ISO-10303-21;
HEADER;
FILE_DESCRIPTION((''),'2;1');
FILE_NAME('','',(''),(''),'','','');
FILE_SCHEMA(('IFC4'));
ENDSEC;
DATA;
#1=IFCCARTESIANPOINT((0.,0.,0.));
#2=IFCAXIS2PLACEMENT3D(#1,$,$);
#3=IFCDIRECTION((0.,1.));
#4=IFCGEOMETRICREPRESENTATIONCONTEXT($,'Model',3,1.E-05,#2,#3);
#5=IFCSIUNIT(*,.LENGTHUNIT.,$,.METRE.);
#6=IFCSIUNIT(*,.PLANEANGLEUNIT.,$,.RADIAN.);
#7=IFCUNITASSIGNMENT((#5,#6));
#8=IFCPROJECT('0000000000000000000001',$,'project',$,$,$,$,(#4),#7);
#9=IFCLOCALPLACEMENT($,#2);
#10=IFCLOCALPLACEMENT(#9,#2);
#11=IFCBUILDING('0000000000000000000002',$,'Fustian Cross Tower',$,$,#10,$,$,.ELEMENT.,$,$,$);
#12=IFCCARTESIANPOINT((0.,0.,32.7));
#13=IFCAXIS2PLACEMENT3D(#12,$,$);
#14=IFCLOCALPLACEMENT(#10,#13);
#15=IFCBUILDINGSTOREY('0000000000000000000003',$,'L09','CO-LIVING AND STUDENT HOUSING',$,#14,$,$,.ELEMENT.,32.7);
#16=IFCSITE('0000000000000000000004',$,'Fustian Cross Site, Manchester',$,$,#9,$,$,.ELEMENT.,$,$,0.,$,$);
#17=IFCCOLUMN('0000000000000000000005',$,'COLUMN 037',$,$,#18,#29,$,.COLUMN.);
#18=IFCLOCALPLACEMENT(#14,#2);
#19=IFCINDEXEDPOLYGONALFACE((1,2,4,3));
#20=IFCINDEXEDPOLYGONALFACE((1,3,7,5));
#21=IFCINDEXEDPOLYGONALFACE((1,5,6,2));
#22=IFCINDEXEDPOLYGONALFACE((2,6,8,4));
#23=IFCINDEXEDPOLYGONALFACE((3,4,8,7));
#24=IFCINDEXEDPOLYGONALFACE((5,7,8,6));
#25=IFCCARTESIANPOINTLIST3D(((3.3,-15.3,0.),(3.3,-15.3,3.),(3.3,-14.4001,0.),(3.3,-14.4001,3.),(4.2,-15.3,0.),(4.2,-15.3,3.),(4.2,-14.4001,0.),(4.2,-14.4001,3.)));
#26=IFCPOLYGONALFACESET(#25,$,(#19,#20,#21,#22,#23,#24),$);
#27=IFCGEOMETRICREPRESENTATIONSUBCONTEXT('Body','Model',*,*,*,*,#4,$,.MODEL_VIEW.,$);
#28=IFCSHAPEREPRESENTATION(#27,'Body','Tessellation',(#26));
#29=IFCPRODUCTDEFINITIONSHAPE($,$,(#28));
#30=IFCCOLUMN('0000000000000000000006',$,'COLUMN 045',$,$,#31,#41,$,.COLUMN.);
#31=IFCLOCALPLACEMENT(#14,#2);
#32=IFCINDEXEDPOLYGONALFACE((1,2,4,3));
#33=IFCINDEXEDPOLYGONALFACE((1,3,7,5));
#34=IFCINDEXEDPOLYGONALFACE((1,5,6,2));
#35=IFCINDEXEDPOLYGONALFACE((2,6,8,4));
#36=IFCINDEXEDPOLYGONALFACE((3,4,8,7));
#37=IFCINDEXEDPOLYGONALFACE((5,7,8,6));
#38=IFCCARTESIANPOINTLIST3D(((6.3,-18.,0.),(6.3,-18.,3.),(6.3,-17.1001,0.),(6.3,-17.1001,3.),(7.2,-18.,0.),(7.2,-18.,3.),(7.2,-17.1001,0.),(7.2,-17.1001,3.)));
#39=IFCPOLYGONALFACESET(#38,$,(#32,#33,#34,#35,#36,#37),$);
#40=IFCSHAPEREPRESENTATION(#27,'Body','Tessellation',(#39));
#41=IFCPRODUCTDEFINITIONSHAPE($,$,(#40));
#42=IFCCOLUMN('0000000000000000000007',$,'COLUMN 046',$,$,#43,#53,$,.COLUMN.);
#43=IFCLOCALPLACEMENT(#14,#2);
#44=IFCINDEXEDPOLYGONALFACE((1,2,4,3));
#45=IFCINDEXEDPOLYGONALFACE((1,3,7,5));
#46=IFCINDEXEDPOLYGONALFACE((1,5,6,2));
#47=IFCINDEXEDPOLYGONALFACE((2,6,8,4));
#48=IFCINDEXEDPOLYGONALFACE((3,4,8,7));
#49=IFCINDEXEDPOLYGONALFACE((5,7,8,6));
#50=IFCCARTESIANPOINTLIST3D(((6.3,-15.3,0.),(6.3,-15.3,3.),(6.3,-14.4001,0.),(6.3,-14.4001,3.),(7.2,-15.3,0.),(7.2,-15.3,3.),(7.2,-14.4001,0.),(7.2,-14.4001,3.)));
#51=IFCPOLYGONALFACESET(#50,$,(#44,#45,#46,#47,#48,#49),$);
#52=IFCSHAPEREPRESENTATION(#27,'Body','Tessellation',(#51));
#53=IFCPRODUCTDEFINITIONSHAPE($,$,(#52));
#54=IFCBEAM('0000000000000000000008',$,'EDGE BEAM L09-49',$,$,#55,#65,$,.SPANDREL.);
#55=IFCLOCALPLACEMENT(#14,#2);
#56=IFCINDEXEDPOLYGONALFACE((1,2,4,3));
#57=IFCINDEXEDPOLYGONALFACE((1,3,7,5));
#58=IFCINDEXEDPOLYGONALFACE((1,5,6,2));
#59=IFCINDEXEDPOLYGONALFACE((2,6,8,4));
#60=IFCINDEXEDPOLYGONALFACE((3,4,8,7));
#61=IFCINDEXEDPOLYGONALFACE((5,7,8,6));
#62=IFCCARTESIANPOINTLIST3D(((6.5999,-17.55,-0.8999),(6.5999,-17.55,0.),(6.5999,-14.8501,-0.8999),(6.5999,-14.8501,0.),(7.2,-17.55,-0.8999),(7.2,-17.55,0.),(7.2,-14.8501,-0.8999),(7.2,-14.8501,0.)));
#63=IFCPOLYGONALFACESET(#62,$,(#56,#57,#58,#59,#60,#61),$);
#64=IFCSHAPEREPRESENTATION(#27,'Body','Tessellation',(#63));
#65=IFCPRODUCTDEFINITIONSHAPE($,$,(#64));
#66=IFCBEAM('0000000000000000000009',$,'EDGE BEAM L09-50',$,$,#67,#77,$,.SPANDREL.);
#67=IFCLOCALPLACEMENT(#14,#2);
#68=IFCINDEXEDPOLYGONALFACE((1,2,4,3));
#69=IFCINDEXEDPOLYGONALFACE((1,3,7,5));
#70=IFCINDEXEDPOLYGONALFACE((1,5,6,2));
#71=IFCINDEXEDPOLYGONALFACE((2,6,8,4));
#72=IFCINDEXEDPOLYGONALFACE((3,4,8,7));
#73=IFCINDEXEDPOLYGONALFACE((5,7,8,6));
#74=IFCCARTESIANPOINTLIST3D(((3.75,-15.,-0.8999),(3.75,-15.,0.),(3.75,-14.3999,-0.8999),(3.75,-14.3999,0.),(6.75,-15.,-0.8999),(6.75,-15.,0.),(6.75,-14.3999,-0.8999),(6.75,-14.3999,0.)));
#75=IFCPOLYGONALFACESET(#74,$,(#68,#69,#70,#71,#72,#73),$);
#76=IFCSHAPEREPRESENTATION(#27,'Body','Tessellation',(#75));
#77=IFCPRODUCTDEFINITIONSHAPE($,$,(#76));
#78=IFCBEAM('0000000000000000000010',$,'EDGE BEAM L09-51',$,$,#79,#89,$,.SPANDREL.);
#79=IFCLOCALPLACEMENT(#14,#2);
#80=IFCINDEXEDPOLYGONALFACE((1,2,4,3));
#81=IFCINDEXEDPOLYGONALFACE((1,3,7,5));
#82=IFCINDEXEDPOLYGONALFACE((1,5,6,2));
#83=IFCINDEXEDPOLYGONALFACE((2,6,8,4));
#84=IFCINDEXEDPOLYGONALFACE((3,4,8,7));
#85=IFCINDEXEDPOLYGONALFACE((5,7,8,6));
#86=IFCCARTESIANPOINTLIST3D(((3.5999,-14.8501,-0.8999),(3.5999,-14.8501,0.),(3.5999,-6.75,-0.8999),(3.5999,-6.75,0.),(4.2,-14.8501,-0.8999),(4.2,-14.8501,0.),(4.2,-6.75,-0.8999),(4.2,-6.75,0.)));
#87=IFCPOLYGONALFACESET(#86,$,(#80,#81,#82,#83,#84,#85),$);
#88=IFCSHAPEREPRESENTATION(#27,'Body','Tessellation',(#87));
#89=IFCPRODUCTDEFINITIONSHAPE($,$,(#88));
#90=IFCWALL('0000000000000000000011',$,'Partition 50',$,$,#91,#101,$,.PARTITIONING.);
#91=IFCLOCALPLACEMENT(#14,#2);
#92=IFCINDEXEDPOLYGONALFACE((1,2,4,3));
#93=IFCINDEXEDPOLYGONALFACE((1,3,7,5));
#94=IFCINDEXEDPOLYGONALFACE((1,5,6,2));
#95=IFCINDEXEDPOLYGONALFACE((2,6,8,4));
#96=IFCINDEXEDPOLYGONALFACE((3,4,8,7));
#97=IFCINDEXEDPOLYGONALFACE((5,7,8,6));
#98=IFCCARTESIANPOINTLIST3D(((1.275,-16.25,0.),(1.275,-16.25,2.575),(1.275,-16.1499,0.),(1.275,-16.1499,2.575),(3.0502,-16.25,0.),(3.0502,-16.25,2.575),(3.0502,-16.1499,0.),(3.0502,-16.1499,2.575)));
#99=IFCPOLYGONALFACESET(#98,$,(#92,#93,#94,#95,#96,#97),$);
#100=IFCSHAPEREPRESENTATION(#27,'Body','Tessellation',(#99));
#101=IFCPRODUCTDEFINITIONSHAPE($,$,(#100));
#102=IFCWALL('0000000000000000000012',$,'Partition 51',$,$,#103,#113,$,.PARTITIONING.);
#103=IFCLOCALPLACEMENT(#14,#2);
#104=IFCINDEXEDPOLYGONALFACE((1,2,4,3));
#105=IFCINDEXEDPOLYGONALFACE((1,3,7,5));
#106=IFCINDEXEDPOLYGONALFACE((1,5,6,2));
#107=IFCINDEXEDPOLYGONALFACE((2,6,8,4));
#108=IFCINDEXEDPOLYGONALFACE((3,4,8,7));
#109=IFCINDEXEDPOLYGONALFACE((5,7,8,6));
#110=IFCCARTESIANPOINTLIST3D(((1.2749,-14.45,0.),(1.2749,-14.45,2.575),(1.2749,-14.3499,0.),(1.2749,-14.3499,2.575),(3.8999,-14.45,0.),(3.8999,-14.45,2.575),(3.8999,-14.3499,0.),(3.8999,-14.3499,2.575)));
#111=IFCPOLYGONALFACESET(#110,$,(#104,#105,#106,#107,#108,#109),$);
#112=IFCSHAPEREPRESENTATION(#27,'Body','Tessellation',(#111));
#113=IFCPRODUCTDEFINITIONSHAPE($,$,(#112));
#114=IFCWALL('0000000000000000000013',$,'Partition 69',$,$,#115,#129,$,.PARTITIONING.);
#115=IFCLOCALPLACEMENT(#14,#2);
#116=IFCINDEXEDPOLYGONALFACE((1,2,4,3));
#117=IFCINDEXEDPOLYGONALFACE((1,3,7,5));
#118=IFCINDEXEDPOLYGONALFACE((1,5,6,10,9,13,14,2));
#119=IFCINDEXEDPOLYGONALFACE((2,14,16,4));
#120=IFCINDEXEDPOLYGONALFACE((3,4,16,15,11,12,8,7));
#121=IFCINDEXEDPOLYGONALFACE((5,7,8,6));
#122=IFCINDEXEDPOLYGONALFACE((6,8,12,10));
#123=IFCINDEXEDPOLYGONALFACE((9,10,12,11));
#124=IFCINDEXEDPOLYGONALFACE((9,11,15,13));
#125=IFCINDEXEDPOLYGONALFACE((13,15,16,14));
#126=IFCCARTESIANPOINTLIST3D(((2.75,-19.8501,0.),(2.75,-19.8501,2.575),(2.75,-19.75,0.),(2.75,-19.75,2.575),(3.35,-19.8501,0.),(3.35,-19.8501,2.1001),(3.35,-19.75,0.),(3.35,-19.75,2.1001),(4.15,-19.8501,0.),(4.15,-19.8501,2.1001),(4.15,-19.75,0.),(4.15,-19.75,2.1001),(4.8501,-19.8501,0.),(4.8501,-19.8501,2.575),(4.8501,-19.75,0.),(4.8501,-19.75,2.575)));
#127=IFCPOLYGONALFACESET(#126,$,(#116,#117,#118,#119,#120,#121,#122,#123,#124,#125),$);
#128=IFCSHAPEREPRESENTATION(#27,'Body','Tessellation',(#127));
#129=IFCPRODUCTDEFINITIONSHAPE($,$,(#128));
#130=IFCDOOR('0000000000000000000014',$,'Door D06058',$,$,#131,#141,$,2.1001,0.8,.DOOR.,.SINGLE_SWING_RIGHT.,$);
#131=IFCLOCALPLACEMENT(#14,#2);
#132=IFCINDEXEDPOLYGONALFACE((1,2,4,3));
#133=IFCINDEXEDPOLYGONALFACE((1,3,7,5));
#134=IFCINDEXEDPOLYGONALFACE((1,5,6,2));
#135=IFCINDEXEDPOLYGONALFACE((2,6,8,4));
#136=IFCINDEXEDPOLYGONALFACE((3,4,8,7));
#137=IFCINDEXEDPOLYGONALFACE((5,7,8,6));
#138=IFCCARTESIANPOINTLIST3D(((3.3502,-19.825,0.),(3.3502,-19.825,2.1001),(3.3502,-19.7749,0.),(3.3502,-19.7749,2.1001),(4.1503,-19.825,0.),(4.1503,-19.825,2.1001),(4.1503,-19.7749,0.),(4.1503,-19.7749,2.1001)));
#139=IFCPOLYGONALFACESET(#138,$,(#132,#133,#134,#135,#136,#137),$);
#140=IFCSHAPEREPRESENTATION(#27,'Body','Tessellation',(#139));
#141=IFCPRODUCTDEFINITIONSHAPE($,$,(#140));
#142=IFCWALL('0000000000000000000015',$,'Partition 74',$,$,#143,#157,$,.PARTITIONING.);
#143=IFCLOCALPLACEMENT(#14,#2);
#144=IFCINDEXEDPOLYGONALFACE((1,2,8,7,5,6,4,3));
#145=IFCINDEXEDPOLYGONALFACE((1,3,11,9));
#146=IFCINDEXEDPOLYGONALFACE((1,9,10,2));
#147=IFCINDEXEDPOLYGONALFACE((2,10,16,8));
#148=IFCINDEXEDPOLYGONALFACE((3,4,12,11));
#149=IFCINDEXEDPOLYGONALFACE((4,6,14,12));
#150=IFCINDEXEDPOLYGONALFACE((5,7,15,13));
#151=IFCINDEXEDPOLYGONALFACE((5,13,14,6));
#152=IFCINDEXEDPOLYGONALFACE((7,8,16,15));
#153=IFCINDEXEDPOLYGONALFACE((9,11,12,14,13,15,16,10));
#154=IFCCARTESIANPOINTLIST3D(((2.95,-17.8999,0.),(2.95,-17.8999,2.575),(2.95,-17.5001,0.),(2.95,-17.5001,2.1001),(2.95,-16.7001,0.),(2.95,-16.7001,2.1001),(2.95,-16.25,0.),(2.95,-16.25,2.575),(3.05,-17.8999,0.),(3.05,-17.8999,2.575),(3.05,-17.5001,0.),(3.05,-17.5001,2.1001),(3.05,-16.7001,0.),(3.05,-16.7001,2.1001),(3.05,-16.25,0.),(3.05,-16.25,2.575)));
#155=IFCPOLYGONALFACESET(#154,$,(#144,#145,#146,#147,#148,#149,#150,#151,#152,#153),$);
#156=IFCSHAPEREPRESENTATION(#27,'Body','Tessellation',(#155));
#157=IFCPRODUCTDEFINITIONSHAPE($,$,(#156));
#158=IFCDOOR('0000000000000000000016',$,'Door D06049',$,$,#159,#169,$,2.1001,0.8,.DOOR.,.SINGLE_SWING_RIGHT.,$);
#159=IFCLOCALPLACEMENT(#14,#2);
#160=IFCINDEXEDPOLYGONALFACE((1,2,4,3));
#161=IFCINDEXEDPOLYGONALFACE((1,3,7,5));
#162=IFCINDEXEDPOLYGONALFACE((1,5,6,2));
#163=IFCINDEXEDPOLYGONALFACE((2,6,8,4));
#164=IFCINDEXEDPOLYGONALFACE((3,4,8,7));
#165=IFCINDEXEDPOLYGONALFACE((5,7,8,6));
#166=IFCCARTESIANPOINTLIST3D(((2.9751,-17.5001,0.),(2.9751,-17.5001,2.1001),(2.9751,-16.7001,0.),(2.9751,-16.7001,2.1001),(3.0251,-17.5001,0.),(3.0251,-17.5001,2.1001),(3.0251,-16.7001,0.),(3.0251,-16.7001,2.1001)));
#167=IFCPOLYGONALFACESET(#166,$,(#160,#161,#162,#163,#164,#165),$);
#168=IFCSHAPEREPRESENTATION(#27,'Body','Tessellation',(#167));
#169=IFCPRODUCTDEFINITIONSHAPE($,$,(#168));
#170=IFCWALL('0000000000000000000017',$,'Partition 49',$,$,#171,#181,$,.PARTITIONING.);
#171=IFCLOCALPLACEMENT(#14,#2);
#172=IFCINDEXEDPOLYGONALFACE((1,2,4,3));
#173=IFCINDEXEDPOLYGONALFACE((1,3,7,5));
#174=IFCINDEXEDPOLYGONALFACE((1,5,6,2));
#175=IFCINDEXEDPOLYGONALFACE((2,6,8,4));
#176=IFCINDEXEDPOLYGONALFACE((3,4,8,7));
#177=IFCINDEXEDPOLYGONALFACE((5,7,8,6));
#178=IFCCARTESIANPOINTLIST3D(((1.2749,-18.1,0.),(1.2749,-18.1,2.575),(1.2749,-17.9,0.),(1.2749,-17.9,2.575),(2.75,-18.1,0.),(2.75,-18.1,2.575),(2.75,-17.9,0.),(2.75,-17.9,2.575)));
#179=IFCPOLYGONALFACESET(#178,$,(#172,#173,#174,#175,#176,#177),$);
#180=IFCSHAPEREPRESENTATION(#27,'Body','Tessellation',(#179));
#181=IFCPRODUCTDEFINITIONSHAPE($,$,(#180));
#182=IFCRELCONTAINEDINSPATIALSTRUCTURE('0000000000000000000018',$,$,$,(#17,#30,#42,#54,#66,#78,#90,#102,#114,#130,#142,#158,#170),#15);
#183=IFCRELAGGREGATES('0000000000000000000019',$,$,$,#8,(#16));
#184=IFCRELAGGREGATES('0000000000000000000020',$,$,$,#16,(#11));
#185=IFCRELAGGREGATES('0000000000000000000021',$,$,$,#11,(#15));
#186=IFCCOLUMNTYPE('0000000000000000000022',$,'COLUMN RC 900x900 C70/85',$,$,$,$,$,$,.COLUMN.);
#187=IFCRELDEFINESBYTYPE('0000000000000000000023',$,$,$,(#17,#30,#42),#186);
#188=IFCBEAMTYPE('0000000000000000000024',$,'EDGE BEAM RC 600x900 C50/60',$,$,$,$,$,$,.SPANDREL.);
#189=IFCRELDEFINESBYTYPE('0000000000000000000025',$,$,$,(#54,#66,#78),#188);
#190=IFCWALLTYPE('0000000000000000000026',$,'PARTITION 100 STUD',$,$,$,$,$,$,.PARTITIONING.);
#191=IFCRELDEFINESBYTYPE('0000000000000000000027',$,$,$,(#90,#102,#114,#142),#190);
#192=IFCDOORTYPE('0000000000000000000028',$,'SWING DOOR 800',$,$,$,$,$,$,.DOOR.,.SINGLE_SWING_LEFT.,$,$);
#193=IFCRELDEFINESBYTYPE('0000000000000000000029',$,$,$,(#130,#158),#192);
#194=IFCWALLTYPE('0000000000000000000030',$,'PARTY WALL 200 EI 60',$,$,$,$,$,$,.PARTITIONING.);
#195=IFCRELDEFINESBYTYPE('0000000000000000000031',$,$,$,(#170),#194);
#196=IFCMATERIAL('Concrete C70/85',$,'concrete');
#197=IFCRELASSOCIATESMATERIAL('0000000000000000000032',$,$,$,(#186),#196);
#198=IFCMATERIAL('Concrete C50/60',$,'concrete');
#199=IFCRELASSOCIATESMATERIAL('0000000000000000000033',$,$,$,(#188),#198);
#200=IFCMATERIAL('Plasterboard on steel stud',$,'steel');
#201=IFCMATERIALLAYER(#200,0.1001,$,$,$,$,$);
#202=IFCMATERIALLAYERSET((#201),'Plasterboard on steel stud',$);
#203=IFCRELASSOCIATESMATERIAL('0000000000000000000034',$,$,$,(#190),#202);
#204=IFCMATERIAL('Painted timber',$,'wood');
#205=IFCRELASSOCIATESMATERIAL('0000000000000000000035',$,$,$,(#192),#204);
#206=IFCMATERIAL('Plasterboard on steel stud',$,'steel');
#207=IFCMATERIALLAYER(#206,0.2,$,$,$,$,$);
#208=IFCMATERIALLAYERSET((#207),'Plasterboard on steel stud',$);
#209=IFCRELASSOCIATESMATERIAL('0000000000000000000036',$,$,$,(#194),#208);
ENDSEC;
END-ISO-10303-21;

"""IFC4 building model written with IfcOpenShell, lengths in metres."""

from ifc_helpers import new_model, si_unit, direction, frame, frame_2d, origin, origin_2d, place, context, subcontext, project, spatial, rectangle, extrude, material, layer, layer_set, material_profile, profile_set, type_object, element, fill, save


model = new_model("IFC4")

# Units and contexts
model_context = context("Model", 3, precision=1e-05, world=origin(), true_north=direction((0.0, 1.0)))
body_context = subcontext(model_context, "Body", "Model", "MODEL_VIEW")
ifc_project = project(units=[si_unit("LENGTHUNIT", "METRE"), si_unit("PLANEANGLEUNIT", "RADIAN")], contexts=[model_context])

# Site, building, storey
site_placement = place(None, origin())
site = spatial("IfcSite", under=ifc_project, at=site_placement, Name="Fustian Cross Site, Manchester", CompositionType="ELEMENT", RefElevation=0.0)
building_placement = place(site_placement, origin())
building = spatial("IfcBuilding", under=site, at=building_placement, Name="Fustian Cross Tower", CompositionType="ELEMENT")
storey_placement = place(building_placement, frame((0.0, 0.0, 32.7)))
storey = spatial("IfcBuildingStorey", under=building, at=storey_placement, Name="L09", Description="CO-LIVING AND STUDENT HOUSING", CompositionType="ELEMENT", Elevation=32.7)

# Columns
ifc_material_1 = material(Name="Concrete C70/85", Category="concrete")
ifc_material_profile_1 = material_profile(ifc_material_1, rectangle(XDim=0.8999, YDim=0.8999, at=origin_2d()), Name="RC 900x900")
ifc_profile_set_1 = profile_set([ifc_material_profile_1], Name="Concrete C70/85")
column_type = type_object("IfcColumnType", Name="COLUMN RC 900x900 C70/85", PredefinedType="COLUMN", material=ifc_profile_set_1)
for number, where, z_axis, x_axis, name in (
    (1, (3.75, -14.8501, 0.0), (0.0, 0.0, 1.0), (1.0, 0.0, 0.0), "COLUMN 037"),
    (2, (6.75, -17.55, 0.0), (0.0, 0.0, 1.0), (1.0, 0.0, 0.0), "COLUMN 045"),
    (3, (6.75, -14.8501, 0.0), (0.0, 0.0, 1.0), (1.0, 0.0, 0.0), "COLUMN 046"),
):
    element("IfcColumn", number, at=place(storey_placement, frame(where, z_axis=z_axis, x_axis=x_axis)), inside=storey, type_object=column_type, Name=name, PredefinedType="COLUMN", context=body_context, shape_type="SweptSolid", body=[
        extrude(rectangle(XDim=0.8999, YDim=0.8999, at=origin_2d()), origin(), (0.0, 0.0, 1.0), 3.0),
    ])

# Beams
ifc_material_2 = material(Name="Concrete C50/60", Category="concrete")
ifc_material_profile_2 = material_profile(ifc_material_2, rectangle(XDim=0.6001, YDim=0.8999, at=origin_2d()), Name="RC 600x900")
ifc_profile_set_2 = profile_set([ifc_material_profile_2], Name="Concrete C50/60")
beam_type = type_object("IfcBeamType", Name="EDGE BEAM RC 600x900 C50/60", PredefinedType="SPANDREL", material=ifc_profile_set_2)
beam_1_placement = place(storey_placement, frame((6.8999, -17.55, -0.45), z_axis=(0.0, 1.0, 0.0), x_axis=(-1.0, 0.0, 0.0)))
element("IfcBeam", 4, at=beam_1_placement, inside=storey, type_object=beam_type, Name="EDGE BEAM L09-49", PredefinedType="SPANDREL", context=body_context, shape_type="SweptSolid", body=[
    extrude(rectangle(XDim=0.6001, YDim=0.8999, at=origin_2d()), origin(), (0.0, 0.0, 1.0), 2.7),
])
beam_2_placement = place(storey_placement, frame((6.75, -14.7, -0.45), z_axis=(-1.0, 0.0, 0.0), x_axis=(0.0, -1.0, 0.0)))
element("IfcBeam", 5, at=beam_2_placement, inside=storey, type_object=beam_type, Name="EDGE BEAM L09-50", PredefinedType="SPANDREL", context=body_context, shape_type="SweptSolid", body=[
    extrude(rectangle(XDim=0.6001, YDim=0.8999, at=origin_2d()), origin(), (0.0, 0.0, 1.0), 3.0),
])
beam_3_placement = place(storey_placement, frame((3.8999, -14.8501, -0.45), z_axis=(0.0, 1.0, 0.0), x_axis=(-1.0, 0.0, 0.0)))
element("IfcBeam", 6, at=beam_3_placement, inside=storey, type_object=beam_type, Name="EDGE BEAM L09-51", PredefinedType="SPANDREL", context=body_context, shape_type="SweptSolid", body=[
    extrude(rectangle(XDim=0.6001, YDim=0.8999, at=origin_2d()), origin(), (0.0, 0.0, 1.0), 8.1001),
])

# Walls
ifc_material_3 = material(Name="Plasterboard on steel stud", Category="steel")
ifc_layer_1 = layer(ifc_material_3, 0.1001)
ifc_layer_set_1 = layer_set([ifc_layer_1], Name="Plasterboard on steel stud")
wall_type_1 = type_object("IfcWallType", Name="PARTITION 100 STUD", PredefinedType="PARTITIONING", material=ifc_layer_set_1)
wall_1_placement = place(storey_placement, frame((1.2749, -16.2, 0.0), z_axis=(0.0, 0.0, 1.0), x_axis=(1.0, 0.0, 0.0)))
element("IfcWall", 7, at=wall_1_placement, inside=storey, type_object=wall_type_1, Name="Partition 50", PredefinedType="PARTITIONING", context=body_context, shape_type="SweptSolid", body=[
    extrude(rectangle(XDim=1.7751, YDim=0.1001, at=frame_2d((0.8877, 0.0))), origin(), (0.0, 0.0, 1.0), 2.575),
])
wall_2_placement = place(storey_placement, frame((1.2749, -14.3999, 0.0), z_axis=(0.0, 0.0, 1.0), x_axis=(1.0, 0.0, 0.0)))
element("IfcWall", 8, at=wall_2_placement, inside=storey, type_object=wall_type_1, Name="Partition 51", PredefinedType="PARTITIONING", context=body_context, shape_type="SweptSolid", body=[
    extrude(rectangle(XDim=2.625, YDim=0.1001, at=frame_2d((1.3125, 0.0))), origin(), (0.0, 0.0, 1.0), 2.575),
])

# Walls, openings, doors
wall_3_placement = place(storey_placement, frame((2.75, -19.8, 0.0), z_axis=(0.0, 0.0, 1.0), x_axis=(1.0, 0.0, 0.0)))
wall_3 = element("IfcWall", 9, at=wall_3_placement, inside=storey, type_object=wall_type_1, Name="Partition 69", PredefinedType="PARTITIONING", context=body_context, shape_type="SweptSolid", body=[
    extrude(rectangle(XDim=2.1001, YDim=0.1001, at=frame_2d((1.05, 0.0))), origin(), (0.0, 0.0, 1.0), 2.575),
])
opening_1_placement = place(wall_3_placement, frame((0.6001, 0.0, 0.0)))
opening_1 = element("IfcOpeningElement", 10, at=opening_1_placement, cuts=wall_3, PredefinedType="OPENING", context=body_context, shape_type="SweptSolid", body=[
    extrude(rectangle(XDim=0.8, YDim=2.1001, at=frame_2d((0.3999, 1.05))), frame((0.0, 0.0601, 0.0), z_axis=(0.0, -1.0, 0.0), x_axis=(1.0, 0.0, 0.0)), (0.0, 0.0, 1.0), 0.1201),
])
ifc_material_4 = material(Name="Painted timber", Category="wood")
door_type_1 = type_object("IfcDoorType", Name="SWING DOOR 800", OperationType="SINGLE_SWING_LEFT", PredefinedType="DOOR", material=ifc_material_4)
door_1_placement = place(opening_1_placement, frame((0.8, 0.0, 0.0), z_axis=(0.0, 0.0, 1.0), x_axis=(-1.0, 0.0, 0.0)))
door_1 = element("IfcDoor", 11, at=door_1_placement, inside=storey, type_object=door_type_1, Name="Door D06058", OperationType="SINGLE_SWING_RIGHT", OverallHeight=2.1001, OverallWidth=0.8, PredefinedType="DOOR", context=body_context, shape_type="SweptSolid", body=[
    extrude(rectangle(XDim=0.8, YDim=2.1001, at=frame_2d((0.3999, 1.05))), frame((0.0, 0.0249, 0.0), z_axis=(0.0, -1.0, 0.0), x_axis=(1.0, 0.0, 0.0)), (0.0, 0.0, 1.0), 0.05),
])
fill(opening_1, door_1)
wall_4_placement = place(storey_placement, frame((3.0, -17.8999, 0.0), z_axis=(0.0, 0.0, 1.0), x_axis=(0.0, 1.0, 0.0)))
wall_4 = element("IfcWall", 12, at=wall_4_placement, inside=storey, type_object=wall_type_1, Name="Partition 74", PredefinedType="PARTITIONING", context=body_context, shape_type="SweptSolid", body=[
    extrude(rectangle(XDim=1.6499, YDim=0.1001, at=frame_2d((0.825, 0.0))), origin(), (0.0, 0.0, 1.0), 2.575),
])
opening_2_placement = place(wall_4_placement, frame((0.3999, 0.0, 0.0)))
opening_2 = element("IfcOpeningElement", 13, at=opening_2_placement, cuts=wall_4, PredefinedType="OPENING", context=body_context, shape_type="SweptSolid", body=[
    extrude(rectangle(XDim=0.8, YDim=2.1001, at=frame_2d((0.3999, 1.05))), frame((0.0, 0.0601, 0.0), z_axis=(0.0, -1.0, 0.0), x_axis=(1.0, 0.0, 0.0)), (0.0, 0.0, 1.0), 0.1201),
])
door_2_placement = place(opening_2_placement, origin())
door_2 = element("IfcDoor", 14, at=door_2_placement, inside=storey, type_object=door_type_1, Name="Door D06049", OperationType="SINGLE_SWING_RIGHT", OverallHeight=2.1001, OverallWidth=0.8, PredefinedType="DOOR", context=body_context, shape_type="SweptSolid", body=[
    extrude(rectangle(XDim=0.8, YDim=2.1001, at=frame_2d((0.3999, 1.05))), frame((0.0, 0.0249, 0.0), z_axis=(0.0, -1.0, 0.0), x_axis=(1.0, 0.0, 0.0)), (0.0, 0.0, 1.0), 0.05),
])
fill(opening_2, door_2)

# Wall
ifc_material_5 = material(Name="Plasterboard on steel stud", Category="steel")
ifc_layer_2 = layer(ifc_material_5, 0.2)
ifc_layer_set_2 = layer_set([ifc_layer_2], Name="Plasterboard on steel stud")
wall_type_2 = type_object("IfcWallType", Name="PARTY WALL 200 EI 60", PredefinedType="PARTITIONING", material=ifc_layer_set_2)
wall_5_placement = place(storey_placement, frame((1.2749, -18.0, 0.0), z_axis=(0.0, 0.0, 1.0), x_axis=(1.0, 0.0, 0.0)))
element("IfcWall", 15, at=wall_5_placement, inside=storey, type_object=wall_type_2, Name="Partition 49", PredefinedType="PARTITIONING", context=body_context, shape_type="SweptSolid", body=[
    extrude(rectangle(XDim=1.4751, YDim=0.2, at=frame_2d((0.7375, 0.0))), origin(), (0.0, 0.0, 1.0), 2.575),
])

save(model, "model.ifc")
